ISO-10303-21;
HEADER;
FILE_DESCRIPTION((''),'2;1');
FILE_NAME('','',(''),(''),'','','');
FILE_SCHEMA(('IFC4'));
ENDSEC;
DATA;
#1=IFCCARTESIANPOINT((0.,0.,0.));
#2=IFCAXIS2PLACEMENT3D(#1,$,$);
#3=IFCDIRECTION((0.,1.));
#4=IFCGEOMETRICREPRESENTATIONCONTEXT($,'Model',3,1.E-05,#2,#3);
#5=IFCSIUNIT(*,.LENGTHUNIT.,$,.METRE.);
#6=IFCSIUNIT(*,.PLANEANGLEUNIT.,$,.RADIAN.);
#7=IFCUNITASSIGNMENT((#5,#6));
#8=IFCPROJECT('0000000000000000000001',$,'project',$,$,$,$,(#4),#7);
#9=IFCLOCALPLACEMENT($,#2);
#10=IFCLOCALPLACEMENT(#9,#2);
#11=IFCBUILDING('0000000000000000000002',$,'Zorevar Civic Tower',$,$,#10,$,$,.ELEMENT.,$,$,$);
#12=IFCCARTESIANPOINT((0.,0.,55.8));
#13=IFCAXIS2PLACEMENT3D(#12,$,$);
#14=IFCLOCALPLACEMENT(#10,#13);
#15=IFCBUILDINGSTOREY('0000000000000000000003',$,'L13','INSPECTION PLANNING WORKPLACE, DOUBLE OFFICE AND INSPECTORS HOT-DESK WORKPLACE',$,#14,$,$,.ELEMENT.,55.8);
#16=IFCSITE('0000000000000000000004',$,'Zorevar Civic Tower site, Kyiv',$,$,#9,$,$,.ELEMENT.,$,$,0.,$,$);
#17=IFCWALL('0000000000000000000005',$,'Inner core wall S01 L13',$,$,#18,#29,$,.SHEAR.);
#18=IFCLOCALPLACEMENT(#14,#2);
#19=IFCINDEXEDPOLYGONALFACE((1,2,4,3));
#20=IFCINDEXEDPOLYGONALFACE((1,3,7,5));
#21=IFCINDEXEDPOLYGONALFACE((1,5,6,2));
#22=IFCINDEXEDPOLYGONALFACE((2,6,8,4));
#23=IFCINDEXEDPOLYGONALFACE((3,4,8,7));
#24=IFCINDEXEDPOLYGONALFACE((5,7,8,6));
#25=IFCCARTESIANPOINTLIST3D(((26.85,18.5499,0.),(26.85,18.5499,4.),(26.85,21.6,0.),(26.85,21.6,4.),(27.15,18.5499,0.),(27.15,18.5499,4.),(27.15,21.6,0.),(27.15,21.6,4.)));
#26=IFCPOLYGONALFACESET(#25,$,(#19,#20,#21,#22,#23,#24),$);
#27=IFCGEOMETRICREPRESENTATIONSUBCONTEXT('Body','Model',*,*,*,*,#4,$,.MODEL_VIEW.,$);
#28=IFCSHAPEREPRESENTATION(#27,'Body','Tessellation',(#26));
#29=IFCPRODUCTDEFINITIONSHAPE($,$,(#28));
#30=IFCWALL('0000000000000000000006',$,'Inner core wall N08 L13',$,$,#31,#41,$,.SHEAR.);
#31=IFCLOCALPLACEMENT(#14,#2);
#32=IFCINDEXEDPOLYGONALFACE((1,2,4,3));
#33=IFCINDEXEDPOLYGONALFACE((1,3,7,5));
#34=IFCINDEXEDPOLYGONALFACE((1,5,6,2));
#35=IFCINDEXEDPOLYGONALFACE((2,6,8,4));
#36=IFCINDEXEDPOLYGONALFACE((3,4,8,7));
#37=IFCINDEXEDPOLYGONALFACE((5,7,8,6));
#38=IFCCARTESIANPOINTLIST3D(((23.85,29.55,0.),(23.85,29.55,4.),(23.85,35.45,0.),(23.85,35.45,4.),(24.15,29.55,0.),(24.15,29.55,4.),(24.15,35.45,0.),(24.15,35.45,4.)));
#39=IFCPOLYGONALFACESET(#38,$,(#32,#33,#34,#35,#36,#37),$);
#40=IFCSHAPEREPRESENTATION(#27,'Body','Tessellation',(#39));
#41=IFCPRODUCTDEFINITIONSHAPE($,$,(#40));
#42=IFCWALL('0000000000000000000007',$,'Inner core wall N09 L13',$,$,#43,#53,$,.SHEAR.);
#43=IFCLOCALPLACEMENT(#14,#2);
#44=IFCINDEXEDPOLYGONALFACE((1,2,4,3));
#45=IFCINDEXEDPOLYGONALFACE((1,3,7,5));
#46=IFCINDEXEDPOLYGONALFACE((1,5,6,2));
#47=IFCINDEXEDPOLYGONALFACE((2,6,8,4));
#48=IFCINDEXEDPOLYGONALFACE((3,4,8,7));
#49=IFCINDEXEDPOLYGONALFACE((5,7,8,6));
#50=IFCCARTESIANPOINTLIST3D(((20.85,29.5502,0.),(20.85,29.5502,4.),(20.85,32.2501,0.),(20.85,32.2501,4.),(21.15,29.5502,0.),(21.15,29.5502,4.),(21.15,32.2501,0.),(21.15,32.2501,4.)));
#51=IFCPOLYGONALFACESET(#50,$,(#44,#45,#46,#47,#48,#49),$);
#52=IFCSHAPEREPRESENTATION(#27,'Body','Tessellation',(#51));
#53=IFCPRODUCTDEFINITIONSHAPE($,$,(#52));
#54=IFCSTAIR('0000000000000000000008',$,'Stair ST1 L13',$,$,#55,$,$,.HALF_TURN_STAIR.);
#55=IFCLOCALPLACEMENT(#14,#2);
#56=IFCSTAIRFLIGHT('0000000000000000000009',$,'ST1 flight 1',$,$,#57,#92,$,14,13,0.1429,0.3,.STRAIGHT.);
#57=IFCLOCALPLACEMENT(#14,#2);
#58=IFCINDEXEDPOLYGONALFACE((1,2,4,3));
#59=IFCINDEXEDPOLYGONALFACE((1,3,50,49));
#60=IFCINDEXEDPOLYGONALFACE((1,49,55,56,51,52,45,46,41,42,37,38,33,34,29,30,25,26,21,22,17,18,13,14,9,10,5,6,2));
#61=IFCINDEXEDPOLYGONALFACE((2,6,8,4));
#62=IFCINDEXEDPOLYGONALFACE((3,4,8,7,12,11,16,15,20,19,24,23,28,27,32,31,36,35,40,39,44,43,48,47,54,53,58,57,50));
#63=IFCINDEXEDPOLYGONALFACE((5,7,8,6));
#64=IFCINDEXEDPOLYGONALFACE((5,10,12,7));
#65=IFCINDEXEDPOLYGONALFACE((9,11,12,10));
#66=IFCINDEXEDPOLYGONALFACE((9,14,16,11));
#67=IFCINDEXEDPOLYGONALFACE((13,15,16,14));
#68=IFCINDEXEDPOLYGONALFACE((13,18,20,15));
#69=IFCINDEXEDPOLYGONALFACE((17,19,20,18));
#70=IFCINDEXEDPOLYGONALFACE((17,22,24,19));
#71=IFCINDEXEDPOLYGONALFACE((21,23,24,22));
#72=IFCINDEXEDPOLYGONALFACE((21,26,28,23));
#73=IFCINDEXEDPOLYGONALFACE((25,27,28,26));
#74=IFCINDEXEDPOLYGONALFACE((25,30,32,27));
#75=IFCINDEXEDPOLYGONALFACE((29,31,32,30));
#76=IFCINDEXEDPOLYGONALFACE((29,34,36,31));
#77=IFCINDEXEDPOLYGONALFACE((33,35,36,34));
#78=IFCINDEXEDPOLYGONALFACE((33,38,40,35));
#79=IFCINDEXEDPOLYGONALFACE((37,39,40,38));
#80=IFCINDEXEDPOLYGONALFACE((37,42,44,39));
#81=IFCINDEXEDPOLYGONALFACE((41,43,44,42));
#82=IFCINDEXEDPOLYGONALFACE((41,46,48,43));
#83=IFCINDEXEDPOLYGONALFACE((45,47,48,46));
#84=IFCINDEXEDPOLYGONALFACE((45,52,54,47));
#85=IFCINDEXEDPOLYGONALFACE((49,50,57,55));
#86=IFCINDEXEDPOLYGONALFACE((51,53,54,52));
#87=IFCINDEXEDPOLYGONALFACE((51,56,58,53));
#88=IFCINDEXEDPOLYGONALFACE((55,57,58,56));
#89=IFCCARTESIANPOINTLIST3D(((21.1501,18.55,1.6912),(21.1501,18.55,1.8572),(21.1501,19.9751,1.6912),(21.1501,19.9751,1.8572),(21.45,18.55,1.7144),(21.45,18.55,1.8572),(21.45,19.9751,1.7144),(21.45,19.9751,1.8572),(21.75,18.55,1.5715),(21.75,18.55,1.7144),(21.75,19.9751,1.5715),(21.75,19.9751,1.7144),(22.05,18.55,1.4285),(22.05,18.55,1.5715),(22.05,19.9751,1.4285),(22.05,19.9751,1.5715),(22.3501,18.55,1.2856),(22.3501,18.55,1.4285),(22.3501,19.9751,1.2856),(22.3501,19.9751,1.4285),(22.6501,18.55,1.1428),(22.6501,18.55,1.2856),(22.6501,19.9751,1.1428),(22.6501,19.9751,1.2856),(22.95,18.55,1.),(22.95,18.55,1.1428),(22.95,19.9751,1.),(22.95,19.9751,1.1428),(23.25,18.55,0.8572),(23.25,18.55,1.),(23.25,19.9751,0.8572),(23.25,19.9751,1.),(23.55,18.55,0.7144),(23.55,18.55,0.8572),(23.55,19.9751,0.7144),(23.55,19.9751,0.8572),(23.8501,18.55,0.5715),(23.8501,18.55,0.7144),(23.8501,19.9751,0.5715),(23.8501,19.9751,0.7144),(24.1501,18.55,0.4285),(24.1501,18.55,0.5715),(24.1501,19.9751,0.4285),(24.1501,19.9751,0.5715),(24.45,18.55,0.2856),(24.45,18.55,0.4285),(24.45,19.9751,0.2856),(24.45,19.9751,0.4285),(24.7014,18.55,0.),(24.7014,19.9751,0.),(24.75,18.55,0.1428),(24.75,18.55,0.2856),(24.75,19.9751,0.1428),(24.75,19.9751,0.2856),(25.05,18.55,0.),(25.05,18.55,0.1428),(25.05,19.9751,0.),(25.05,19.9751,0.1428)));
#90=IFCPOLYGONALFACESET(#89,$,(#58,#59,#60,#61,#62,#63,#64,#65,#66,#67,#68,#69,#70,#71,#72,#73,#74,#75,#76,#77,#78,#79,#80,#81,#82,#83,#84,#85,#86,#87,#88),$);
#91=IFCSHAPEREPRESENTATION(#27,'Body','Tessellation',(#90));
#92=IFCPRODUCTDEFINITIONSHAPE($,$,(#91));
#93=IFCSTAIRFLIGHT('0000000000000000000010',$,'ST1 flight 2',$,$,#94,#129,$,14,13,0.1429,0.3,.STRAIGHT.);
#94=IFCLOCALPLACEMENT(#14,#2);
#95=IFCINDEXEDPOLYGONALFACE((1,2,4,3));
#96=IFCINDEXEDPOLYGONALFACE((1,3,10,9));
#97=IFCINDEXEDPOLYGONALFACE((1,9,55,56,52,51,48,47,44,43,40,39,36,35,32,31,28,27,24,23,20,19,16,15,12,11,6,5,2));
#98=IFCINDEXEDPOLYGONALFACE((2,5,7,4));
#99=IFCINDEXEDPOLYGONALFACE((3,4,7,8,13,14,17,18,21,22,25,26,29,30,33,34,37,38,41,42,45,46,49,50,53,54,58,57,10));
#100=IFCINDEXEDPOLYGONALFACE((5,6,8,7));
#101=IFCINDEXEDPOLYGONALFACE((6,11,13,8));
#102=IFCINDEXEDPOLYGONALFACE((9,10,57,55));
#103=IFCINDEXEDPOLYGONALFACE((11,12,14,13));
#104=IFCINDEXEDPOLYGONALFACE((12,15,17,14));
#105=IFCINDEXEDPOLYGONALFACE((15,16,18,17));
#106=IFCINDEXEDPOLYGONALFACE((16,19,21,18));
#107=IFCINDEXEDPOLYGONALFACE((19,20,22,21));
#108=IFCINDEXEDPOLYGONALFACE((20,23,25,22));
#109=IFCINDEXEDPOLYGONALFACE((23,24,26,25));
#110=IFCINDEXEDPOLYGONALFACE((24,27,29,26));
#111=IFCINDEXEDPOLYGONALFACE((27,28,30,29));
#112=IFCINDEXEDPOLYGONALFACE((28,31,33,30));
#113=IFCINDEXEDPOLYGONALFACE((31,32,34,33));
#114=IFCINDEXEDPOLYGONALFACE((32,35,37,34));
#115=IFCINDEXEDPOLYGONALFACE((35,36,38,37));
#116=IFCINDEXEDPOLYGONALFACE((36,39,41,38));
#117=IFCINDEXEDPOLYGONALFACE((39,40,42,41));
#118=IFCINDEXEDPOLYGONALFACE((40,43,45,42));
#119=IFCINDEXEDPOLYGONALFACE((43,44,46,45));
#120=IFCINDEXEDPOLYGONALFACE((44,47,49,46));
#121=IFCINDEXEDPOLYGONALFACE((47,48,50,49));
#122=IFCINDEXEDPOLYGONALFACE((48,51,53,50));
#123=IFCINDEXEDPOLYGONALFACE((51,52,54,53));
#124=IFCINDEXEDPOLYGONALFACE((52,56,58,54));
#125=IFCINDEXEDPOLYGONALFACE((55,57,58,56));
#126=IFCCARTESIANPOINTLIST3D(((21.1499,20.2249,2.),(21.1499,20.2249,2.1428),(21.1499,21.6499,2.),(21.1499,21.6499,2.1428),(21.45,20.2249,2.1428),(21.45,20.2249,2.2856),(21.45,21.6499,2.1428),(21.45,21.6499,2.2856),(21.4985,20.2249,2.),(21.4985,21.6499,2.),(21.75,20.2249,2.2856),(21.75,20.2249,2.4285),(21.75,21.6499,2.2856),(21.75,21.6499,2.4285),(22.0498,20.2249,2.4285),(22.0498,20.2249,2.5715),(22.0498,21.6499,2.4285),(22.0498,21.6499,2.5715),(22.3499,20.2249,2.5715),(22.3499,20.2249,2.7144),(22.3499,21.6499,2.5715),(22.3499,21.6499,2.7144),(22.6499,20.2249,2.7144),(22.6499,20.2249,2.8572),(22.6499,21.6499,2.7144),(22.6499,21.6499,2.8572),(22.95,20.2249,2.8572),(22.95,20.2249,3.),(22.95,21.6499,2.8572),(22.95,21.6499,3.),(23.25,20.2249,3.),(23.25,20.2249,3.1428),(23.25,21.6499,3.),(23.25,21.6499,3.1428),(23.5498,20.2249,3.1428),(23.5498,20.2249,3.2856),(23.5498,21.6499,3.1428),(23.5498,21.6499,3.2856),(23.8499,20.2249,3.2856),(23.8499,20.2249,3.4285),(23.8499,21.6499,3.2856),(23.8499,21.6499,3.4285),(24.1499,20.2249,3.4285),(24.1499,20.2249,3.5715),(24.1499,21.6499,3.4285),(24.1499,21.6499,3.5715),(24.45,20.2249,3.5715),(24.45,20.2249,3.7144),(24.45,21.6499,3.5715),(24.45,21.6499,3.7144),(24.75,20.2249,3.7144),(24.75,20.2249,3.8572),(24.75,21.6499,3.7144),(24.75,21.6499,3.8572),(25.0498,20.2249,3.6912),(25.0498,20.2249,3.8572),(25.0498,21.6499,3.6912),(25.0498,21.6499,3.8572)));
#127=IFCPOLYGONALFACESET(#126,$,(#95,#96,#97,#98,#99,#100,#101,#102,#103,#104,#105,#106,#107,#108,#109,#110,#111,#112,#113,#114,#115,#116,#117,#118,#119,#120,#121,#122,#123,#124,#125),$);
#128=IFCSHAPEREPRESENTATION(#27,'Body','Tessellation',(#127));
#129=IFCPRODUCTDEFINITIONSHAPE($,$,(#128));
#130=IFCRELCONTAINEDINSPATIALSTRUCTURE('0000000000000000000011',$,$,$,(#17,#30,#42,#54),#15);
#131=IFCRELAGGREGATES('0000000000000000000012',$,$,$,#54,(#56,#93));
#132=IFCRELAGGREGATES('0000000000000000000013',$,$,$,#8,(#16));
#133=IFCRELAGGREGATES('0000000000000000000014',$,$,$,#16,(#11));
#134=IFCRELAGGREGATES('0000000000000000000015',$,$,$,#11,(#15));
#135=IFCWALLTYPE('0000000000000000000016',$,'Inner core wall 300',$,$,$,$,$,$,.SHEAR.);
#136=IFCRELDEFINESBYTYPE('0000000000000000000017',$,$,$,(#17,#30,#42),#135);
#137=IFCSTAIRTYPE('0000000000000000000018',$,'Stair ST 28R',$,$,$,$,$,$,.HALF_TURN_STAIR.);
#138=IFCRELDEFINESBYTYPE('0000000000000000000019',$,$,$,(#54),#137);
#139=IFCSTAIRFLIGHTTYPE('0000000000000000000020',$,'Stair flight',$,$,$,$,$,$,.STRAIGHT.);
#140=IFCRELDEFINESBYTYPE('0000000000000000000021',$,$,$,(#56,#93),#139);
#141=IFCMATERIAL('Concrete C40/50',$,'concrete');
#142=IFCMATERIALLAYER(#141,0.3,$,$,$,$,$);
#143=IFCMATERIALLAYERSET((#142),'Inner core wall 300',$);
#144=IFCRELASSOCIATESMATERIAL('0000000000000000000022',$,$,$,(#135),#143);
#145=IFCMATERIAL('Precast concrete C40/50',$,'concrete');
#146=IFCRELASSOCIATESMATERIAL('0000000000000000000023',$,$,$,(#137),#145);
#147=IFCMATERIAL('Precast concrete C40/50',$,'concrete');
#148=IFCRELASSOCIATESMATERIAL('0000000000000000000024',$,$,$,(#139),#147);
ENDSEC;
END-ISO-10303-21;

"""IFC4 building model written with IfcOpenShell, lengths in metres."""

from ifc_helpers import new_model, si_unit, direction, frame, frame_2d, origin, place, context, subcontext, project, spatial, polyline, rectangle, outline, extrude, material, layer, layer_set, type_object, element, aggregate, save


model = new_model("IFC4")

# Units and contexts
model_context = context("Model", 3, precision=1e-05, world=origin(), true_north=direction((0.0, 1.0)))
body_context = subcontext(model_context, "Body", "Model", "MODEL_VIEW")
ifc_project = project(units=[si_unit("LENGTHUNIT", "METRE"), si_unit("PLANEANGLEUNIT", "RADIAN")], contexts=[model_context])

# Site, building, storey
site_placement = place(None, origin())
site = spatial("IfcSite", under=ifc_project, at=site_placement, Name="Zorevar Civic Tower site, Kyiv", CompositionType="ELEMENT", RefElevation=0.0)
building_placement = place(site_placement, origin())
building = spatial("IfcBuilding", under=site, at=building_placement, Name="Zorevar Civic Tower", CompositionType="ELEMENT")
storey_placement = place(building_placement, frame((0.0, 0.0, 55.8)))
storey = spatial("IfcBuildingStorey", under=building, at=storey_placement, Name="L13", Description="INSPECTION PLANNING WORKPLACE, DOUBLE OFFICE AND INSPECTORS HOT-DESK WORKPLACE", CompositionType="ELEMENT", Elevation=55.8)

# Wall
ifc_material_1 = material(Name="Concrete C40/50", Category="concrete")
ifc_layer = layer(ifc_material_1, 0.3)
ifc_layer_set = layer_set([ifc_layer], Name="Inner core wall 300")
wall_type = type_object("IfcWallType", Name="Inner core wall 300", PredefinedType="SHEAR", material=ifc_layer_set)
wall_1_placement = place(storey_placement, frame((27.0, 18.55, 0.0), z_axis=(0.0, 0.0, 1.0), x_axis=(0.0, 1.0, 0.0)))
element("IfcWall", 1, at=wall_1_placement, inside=storey, type_object=wall_type, Name="Inner core wall S01 L13", PredefinedType="SHEAR", context=body_context, shape_type="SweptSolid", body=[
    extrude(rectangle(XDim=3.05, YDim=0.3, at=frame_2d((1.5249, 0.0))), origin(), (0.0, 0.0, 1.0), 4.0),
])

# Walls
wall_2_placement = place(storey_placement, frame((24.0, 29.55, 0.0), z_axis=(0.0, 0.0, 1.0), x_axis=(0.0, 1.0, 0.0)))
element("IfcWall", 2, at=wall_2_placement, inside=storey, type_object=wall_type, Name="Inner core wall N08 L13", PredefinedType="SHEAR", context=body_context, shape_type="SweptSolid", body=[
    extrude(rectangle(XDim=5.8999, YDim=0.3, at=frame_2d((2.95, 0.0))), origin(), (0.0, 0.0, 1.0), 4.0),
])
wall_3_placement = place(storey_placement, frame((21.0, 29.55, 0.0), z_axis=(0.0, 0.0, 1.0), x_axis=(0.0, 1.0, 0.0)))
element("IfcWall", 3, at=wall_3_placement, inside=storey, type_object=wall_type, Name="Inner core wall N09 L13", PredefinedType="SHEAR", context=body_context, shape_type="SweptSolid", body=[
    extrude(rectangle(XDim=2.7, YDim=0.3, at=frame_2d((1.3501, 0.0))), origin(), (0.0, 0.0, 1.0), 4.0),
])

# Stair, stair flights
ifc_material_2 = material(Name="Precast concrete C40/50", Category="concrete")
stair_type = type_object("IfcStairType", Name="Stair ST 28R", PredefinedType="HALF_TURN_STAIR", material=ifc_material_2)
stair_placement = place(storey_placement, origin())
stair = element("IfcStair", 4, at=stair_placement, inside=storey, type_object=stair_type, Name="Stair ST1 L13", PredefinedType="HALF_TURN_STAIR")
ifc_material_3 = material(Name="Precast concrete C40/50", Category="concrete")
stair_flight_type = type_object("IfcStairFlightType", Name="Stair flight", PredefinedType="STRAIGHT", material=ifc_material_3)
stair_flight_1_placement = place(storey_placement, frame((25.05, 19.2625, 0.0), z_axis=(0.0, 0.0, 1.0), x_axis=(-1.0, 0.0, 0.0)))
stair_flight_1 = element("IfcStairFlight", 5, at=stair_flight_1_placement, type_object=stair_flight_type, Name="ST1 flight 1", NumberOfRisers=14, NumberOfTreads=13, PredefinedType="STRAIGHT", RiserHeight=0.1429, TreadLength=0.3, context=body_context, shape_type="SweptSolid", body=[
    extrude(outline(polyline([(0.0, 0.0), (0.0, 0.1428), (0.3, 0.1428), (0.3, 0.2856), (0.6001, 0.2856), (0.6001, 0.4285), (0.8999, 0.4285), (0.8999, 0.5715), (1.2, 0.5715), (1.2, 0.7144), (1.5, 0.7144), (1.5, 0.8572), (1.8, 0.8572), (1.8, 1.0), (2.1001, 1.0), (2.1001, 1.1428), (2.3999, 1.1428), (2.3999, 1.2856), (2.7, 1.2856), (2.7, 1.4285), (3.0, 1.4285), (3.0, 1.5715), (3.3, 1.5715), (3.3, 1.7144), (3.6001, 1.7144), (3.6001, 1.8572), (3.8999, 1.8572), (3.8999, 2.0), (3.8999, 1.6912), (0.3486, 0.0), (0.0, 0.0)])), frame((0.0, 0.7124, 0.0), z_axis=(0.0, -1.0, 0.0), x_axis=(1.0, 0.0, 0.0)), (0.0, 0.0, 1.0), 1.425),
])
stair_flight_2_placement = place(storey_placement, frame((21.1499, 20.9375, 2.0), z_axis=(0.0, 0.0, 1.0), x_axis=(1.0, 0.0, 0.0)))
stair_flight_2 = element("IfcStairFlight", 6, at=stair_flight_2_placement, type_object=stair_flight_type, Name="ST1 flight 2", NumberOfRisers=14, NumberOfTreads=13, PredefinedType="STRAIGHT", RiserHeight=0.1429, TreadLength=0.3, context=body_context, shape_type="SweptSolid", body=[
    extrude(outline(polyline([(0.0, 0.0), (0.0, 0.1428), (0.3, 0.1428), (0.3, 0.2856), (0.6001, 0.2856), (0.6001, 0.4285), (0.8999, 0.4285), (0.8999, 0.5715), (1.2, 0.5715), (1.2, 0.7144), (1.5, 0.7144), (1.5, 0.8572), (1.8, 0.8572), (1.8, 1.0), (2.1001, 1.0), (2.1001, 1.1428), (2.3999, 1.1428), (2.3999, 1.2856), (2.7, 1.2856), (2.7, 1.4285), (3.0, 1.4285), (3.0, 1.5715), (3.3, 1.5715), (3.3, 1.7144), (3.6001, 1.7144), (3.6001, 1.8572), (3.8999, 1.8572), (3.8999, 2.0), (3.8999, 1.6912), (0.3486, 0.0), (0.0, 0.0)])), frame((0.0, 0.7124, 0.0), z_axis=(0.0, -1.0, 0.0), x_axis=(1.0, 0.0, 0.0)), (0.0, 0.0, 1.0), 1.425),
])
aggregate(stair, [stair_flight_1, stair_flight_2])

save(model, "model.ifc")
